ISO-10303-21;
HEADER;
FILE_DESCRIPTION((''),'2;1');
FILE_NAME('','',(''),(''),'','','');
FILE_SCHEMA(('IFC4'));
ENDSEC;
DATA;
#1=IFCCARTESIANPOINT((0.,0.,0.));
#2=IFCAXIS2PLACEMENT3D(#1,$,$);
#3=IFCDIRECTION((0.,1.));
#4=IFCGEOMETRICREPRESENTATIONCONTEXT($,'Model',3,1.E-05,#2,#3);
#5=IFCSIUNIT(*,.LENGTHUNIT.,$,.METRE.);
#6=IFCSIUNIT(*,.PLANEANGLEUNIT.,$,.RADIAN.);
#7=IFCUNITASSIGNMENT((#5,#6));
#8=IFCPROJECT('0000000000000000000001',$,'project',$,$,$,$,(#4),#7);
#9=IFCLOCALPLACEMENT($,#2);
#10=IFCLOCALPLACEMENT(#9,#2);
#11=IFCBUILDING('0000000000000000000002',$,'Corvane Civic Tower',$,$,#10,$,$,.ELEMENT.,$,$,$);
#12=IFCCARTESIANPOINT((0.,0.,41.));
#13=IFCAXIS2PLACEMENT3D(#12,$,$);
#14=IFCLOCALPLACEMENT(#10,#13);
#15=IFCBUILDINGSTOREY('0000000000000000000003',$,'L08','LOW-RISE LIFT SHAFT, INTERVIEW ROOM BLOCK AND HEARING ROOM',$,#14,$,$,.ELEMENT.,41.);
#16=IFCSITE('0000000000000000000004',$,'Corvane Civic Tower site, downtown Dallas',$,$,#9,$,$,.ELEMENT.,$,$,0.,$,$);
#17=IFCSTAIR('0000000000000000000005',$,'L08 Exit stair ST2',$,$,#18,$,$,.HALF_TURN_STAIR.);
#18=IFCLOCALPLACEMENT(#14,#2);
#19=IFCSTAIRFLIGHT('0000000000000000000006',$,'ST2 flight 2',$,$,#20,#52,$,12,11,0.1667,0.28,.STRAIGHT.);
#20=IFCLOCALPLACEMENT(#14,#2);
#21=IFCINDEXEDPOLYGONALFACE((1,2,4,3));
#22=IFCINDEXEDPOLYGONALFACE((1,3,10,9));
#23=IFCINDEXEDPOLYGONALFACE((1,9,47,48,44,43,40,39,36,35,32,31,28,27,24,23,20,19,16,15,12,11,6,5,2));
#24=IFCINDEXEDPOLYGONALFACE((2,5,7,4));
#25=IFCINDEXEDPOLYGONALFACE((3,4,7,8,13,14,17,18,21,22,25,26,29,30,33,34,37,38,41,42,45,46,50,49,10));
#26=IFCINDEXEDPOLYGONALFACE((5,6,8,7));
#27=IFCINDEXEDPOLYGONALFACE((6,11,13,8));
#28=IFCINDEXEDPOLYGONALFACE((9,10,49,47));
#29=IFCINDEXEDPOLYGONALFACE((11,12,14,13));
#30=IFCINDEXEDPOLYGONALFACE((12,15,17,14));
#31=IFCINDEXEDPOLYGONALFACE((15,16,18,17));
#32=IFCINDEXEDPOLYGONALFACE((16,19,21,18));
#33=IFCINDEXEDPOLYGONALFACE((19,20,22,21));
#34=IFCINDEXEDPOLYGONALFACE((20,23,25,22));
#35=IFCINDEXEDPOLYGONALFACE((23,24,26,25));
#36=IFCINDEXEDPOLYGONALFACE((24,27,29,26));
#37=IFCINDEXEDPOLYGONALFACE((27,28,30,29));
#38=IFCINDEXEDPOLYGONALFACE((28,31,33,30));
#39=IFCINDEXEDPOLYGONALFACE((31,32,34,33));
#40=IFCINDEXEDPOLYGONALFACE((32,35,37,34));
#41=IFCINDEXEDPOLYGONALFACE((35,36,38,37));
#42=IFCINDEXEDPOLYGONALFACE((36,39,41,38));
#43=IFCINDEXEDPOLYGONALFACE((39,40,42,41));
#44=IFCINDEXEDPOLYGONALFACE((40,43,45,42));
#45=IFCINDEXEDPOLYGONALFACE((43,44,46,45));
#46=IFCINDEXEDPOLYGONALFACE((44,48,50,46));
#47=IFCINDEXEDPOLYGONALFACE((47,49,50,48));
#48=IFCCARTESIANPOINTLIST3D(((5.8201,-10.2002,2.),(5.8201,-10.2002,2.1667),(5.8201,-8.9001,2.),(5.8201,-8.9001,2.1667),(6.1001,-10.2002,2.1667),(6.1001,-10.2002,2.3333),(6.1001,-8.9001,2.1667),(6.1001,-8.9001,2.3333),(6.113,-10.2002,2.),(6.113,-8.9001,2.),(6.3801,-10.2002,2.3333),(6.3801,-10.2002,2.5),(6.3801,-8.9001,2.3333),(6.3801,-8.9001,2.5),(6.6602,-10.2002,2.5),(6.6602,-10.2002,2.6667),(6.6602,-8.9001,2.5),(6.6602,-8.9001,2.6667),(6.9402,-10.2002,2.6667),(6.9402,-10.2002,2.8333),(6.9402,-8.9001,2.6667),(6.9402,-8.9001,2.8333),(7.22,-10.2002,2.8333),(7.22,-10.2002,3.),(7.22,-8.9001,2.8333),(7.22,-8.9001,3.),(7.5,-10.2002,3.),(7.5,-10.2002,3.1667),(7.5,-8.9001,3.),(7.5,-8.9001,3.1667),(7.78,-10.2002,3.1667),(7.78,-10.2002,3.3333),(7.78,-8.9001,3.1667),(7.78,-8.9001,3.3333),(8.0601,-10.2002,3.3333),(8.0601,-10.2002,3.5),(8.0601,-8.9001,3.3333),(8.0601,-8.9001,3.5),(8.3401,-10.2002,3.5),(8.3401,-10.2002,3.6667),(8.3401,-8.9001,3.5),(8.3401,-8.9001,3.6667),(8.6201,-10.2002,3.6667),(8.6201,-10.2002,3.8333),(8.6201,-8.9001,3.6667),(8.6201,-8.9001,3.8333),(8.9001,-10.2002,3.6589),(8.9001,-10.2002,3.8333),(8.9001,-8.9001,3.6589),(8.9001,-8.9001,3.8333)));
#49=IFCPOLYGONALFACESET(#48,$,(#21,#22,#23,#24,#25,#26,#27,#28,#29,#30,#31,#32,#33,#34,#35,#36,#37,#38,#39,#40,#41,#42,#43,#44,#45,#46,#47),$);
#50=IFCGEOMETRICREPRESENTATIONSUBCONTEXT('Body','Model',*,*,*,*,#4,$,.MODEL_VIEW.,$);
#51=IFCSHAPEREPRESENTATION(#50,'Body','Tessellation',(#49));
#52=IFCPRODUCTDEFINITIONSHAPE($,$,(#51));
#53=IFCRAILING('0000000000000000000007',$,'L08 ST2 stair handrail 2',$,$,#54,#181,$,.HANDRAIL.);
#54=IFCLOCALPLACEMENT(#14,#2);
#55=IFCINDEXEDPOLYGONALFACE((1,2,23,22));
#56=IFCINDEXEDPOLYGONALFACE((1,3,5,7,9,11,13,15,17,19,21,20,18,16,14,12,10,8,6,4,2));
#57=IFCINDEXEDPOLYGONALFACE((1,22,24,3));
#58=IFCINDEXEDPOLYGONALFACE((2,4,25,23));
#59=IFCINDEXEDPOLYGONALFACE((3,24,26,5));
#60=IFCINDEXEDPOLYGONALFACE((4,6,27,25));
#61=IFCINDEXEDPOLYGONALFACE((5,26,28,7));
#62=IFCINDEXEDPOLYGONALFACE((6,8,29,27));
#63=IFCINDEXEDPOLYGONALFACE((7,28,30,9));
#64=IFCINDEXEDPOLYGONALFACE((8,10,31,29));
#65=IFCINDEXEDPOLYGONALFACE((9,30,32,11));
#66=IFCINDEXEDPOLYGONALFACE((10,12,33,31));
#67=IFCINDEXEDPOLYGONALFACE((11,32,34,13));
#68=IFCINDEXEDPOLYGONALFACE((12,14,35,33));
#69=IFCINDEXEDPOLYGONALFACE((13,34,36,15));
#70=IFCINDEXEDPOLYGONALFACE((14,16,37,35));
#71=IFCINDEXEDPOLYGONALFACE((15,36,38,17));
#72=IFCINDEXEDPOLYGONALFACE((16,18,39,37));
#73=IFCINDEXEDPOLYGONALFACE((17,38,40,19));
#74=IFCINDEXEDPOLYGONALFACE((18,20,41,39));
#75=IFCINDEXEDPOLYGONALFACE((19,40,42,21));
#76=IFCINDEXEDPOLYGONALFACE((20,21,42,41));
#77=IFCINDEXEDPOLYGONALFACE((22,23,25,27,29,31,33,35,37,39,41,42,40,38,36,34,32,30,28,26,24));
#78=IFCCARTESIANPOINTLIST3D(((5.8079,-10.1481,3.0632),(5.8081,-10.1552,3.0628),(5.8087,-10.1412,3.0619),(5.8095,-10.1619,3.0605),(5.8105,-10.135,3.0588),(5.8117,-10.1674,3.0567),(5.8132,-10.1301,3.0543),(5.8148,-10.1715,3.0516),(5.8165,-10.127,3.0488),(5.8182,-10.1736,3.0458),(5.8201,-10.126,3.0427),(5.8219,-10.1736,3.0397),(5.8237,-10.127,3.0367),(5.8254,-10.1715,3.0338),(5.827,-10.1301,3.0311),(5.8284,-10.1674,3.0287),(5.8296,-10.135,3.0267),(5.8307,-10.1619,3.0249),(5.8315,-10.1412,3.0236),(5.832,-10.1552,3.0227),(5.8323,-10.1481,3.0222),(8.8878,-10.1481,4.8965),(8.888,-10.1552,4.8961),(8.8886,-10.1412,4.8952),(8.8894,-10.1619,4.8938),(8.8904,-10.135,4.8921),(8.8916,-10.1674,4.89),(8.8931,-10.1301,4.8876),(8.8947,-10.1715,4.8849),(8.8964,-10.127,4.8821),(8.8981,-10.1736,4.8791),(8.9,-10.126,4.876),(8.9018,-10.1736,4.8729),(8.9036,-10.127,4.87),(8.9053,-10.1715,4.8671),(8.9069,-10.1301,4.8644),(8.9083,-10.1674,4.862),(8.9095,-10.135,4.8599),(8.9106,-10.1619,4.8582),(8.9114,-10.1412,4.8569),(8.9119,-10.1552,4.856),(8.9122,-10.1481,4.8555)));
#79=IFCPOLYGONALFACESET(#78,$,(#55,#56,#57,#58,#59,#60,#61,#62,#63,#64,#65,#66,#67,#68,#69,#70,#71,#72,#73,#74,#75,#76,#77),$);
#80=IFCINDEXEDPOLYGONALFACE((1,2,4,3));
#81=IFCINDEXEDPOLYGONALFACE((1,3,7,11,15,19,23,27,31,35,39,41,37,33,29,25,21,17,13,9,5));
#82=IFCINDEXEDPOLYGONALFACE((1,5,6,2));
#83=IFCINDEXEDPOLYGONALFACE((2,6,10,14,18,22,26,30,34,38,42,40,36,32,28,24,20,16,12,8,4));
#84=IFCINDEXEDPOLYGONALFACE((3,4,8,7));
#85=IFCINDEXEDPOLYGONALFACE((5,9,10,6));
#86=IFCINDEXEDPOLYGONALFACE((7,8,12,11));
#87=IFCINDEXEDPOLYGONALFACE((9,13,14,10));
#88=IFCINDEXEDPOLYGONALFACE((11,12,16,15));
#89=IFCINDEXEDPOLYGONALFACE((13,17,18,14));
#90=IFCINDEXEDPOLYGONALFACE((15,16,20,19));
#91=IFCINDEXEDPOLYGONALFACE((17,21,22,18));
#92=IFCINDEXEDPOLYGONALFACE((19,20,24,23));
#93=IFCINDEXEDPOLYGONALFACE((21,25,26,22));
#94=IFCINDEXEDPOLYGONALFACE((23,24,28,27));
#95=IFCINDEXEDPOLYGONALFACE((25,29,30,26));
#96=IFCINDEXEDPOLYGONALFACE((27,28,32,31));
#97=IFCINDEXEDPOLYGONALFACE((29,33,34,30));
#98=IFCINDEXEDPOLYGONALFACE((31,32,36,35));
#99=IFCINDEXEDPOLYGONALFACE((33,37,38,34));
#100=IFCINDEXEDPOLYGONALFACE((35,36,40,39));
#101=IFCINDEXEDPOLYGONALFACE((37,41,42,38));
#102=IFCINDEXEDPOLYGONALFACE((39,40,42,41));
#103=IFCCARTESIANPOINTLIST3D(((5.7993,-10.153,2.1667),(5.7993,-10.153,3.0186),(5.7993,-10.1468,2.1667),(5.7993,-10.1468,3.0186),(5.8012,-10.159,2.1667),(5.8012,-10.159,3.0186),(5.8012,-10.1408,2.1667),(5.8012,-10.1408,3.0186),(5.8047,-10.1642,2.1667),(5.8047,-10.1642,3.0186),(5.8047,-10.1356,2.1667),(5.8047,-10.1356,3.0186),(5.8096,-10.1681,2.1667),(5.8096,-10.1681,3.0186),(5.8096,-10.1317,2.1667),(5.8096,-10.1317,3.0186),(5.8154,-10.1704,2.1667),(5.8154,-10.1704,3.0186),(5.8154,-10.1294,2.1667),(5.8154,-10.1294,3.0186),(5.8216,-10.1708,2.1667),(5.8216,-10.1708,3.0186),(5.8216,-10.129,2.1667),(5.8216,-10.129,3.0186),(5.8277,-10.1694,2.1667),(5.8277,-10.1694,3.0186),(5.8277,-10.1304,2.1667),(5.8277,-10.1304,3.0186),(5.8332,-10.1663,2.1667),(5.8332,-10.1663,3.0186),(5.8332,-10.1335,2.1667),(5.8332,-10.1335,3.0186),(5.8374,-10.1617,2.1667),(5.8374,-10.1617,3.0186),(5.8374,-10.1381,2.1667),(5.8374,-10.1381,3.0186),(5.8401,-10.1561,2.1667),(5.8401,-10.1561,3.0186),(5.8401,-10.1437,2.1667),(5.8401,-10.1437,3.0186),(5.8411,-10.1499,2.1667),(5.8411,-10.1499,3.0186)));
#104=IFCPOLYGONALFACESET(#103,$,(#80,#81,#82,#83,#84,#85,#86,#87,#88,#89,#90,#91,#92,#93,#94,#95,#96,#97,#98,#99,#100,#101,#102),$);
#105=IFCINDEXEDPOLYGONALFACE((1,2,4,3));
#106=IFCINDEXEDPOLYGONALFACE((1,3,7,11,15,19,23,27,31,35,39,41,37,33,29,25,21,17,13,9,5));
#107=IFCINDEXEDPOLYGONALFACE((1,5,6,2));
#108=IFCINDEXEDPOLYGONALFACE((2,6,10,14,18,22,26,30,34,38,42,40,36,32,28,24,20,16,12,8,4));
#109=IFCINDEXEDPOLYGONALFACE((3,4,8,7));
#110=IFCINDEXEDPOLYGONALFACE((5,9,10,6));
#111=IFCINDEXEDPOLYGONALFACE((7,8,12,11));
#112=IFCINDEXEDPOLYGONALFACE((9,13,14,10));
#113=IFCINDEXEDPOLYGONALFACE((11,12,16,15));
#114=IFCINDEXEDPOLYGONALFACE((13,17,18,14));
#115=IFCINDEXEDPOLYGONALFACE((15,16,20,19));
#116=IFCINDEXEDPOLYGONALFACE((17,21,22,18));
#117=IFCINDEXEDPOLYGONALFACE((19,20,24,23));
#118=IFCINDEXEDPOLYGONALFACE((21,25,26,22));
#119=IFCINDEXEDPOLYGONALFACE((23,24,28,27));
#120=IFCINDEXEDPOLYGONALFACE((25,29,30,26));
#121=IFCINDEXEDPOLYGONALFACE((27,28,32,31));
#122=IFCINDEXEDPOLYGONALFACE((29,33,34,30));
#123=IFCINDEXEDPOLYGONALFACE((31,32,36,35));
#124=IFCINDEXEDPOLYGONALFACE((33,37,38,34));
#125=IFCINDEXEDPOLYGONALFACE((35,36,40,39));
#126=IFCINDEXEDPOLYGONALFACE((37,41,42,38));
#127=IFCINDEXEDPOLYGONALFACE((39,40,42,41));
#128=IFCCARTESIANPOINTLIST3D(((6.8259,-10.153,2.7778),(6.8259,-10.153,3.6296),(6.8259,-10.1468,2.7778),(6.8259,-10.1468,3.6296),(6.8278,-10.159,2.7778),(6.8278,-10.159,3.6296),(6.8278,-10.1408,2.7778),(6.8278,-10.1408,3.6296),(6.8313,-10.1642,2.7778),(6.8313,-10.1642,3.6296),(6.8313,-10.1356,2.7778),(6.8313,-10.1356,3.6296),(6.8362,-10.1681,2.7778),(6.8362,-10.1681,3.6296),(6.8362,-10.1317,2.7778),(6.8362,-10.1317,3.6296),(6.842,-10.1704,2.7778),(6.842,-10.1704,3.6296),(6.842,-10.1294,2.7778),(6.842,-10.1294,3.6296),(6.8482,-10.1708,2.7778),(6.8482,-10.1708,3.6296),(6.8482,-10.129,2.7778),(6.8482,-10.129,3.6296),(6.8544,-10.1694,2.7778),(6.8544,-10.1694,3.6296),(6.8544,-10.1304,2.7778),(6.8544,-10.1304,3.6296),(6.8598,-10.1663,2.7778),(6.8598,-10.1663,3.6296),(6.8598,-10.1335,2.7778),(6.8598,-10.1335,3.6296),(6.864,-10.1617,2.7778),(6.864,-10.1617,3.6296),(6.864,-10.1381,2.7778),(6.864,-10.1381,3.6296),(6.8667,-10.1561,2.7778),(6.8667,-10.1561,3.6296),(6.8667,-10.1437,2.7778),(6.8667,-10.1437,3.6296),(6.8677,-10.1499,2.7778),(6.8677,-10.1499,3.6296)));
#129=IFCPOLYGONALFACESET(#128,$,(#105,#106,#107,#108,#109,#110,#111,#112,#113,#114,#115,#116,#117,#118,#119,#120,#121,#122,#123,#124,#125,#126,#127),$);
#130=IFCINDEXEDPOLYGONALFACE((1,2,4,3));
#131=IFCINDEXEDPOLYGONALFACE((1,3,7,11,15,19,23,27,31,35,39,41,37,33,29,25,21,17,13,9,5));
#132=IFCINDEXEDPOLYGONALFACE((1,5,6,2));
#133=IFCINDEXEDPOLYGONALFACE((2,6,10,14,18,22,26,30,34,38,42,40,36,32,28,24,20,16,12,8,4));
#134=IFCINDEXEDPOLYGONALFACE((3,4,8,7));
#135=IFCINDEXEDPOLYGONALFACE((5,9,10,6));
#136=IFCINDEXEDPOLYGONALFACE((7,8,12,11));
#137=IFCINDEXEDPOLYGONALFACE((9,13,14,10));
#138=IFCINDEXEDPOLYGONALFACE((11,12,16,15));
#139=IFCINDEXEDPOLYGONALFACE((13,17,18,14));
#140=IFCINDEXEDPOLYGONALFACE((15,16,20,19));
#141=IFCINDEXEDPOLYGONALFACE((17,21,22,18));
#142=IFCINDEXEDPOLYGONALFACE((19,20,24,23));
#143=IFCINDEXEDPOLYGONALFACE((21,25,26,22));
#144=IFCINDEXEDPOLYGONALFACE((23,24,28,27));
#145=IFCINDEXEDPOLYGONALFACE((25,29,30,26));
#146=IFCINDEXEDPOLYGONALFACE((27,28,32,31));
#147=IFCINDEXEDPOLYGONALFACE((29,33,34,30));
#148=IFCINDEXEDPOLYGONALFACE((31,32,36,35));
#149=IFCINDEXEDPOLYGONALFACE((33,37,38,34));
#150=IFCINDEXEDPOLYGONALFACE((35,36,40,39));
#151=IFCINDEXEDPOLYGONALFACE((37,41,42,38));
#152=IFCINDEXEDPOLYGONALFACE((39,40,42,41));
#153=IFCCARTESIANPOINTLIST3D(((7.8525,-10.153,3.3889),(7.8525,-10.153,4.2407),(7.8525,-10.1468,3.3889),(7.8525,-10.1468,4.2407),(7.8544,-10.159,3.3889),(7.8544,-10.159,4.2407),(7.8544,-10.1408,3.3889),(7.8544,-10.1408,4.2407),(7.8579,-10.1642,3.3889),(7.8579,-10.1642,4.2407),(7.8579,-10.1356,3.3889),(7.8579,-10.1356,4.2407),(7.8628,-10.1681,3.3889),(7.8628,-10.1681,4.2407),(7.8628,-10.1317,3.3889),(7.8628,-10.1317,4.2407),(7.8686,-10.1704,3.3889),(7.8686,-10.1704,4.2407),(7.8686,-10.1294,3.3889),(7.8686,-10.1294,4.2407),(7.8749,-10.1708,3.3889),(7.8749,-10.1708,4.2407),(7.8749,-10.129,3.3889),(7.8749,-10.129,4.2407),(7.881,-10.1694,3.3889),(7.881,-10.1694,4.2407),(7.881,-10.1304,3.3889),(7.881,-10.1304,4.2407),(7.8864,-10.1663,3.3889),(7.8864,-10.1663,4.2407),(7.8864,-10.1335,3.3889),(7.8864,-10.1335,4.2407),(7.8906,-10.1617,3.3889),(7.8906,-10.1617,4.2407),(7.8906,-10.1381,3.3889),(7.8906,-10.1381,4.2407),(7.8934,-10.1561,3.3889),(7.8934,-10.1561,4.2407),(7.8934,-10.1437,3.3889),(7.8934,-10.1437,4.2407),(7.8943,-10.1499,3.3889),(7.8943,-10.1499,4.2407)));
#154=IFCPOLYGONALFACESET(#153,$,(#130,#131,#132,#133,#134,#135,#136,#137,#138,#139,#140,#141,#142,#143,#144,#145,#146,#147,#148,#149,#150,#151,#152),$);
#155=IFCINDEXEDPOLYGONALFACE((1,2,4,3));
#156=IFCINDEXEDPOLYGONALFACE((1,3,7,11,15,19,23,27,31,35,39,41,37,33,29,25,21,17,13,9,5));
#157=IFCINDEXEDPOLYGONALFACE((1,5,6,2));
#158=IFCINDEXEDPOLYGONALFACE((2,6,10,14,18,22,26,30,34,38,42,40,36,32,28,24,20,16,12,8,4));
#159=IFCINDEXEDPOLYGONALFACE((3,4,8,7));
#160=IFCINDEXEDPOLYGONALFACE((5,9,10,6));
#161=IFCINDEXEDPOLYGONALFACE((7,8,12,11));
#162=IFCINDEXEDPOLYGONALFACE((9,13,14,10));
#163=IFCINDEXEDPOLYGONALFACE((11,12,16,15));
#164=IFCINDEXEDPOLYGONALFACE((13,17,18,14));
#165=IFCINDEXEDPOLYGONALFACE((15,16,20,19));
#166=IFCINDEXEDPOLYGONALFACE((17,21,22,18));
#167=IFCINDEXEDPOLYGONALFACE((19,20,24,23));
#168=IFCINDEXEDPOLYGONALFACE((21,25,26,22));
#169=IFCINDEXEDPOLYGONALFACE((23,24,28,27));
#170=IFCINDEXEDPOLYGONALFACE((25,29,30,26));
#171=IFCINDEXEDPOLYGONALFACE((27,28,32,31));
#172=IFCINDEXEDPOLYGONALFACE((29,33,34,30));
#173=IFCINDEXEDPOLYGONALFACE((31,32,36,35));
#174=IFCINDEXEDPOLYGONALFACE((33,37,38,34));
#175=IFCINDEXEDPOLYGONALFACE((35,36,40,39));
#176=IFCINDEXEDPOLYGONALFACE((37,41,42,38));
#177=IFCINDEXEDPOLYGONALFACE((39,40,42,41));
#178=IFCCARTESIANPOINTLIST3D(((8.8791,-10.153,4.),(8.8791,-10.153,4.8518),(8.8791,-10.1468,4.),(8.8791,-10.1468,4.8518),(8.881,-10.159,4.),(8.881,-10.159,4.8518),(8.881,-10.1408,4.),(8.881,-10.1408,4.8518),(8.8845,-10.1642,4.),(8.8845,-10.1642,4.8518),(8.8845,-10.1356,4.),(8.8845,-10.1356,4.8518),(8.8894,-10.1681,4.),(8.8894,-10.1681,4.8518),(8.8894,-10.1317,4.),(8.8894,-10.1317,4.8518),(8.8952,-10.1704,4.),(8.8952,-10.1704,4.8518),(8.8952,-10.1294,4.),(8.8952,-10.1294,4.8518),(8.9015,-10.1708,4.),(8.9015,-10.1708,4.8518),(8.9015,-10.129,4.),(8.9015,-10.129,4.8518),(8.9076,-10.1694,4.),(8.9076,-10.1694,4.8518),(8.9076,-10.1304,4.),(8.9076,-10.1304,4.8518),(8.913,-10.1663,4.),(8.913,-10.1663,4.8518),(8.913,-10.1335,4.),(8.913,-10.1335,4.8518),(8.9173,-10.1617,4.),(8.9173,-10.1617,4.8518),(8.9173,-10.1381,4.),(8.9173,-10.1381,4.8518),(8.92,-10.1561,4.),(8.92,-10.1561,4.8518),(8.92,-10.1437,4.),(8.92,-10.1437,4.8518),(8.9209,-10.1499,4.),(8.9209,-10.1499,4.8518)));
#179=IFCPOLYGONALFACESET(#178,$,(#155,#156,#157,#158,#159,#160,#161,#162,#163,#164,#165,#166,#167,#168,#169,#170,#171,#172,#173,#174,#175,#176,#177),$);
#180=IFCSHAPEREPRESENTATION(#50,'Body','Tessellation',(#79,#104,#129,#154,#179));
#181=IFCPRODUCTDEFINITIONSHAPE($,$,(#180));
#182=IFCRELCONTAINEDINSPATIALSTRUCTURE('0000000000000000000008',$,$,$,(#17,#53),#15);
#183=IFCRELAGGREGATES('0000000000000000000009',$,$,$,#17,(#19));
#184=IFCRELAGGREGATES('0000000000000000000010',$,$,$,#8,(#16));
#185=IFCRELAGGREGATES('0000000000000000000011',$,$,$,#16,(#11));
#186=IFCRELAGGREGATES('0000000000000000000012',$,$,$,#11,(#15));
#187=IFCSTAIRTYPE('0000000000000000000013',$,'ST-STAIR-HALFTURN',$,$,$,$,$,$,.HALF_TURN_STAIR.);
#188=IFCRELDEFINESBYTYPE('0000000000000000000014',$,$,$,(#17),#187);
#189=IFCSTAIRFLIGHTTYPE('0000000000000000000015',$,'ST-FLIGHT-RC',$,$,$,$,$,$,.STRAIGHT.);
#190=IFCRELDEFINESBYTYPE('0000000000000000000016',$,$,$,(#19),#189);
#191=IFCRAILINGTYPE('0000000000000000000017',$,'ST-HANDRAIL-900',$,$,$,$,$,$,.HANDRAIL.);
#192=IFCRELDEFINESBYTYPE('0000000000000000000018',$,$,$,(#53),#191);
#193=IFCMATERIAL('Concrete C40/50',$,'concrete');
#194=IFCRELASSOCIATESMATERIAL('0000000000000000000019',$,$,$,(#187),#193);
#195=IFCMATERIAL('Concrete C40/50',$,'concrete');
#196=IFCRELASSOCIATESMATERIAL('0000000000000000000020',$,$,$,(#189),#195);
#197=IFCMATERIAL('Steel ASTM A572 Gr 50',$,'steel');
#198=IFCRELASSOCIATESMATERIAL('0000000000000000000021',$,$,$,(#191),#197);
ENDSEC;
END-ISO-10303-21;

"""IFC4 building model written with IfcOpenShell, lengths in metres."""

from ifc_helpers import new_model, si_unit, direction, frame, origin, origin_2d, place, context, subcontext, project, spatial, polyline, circle, outline, extrude, material, type_object, element, aggregate, save


model = new_model("IFC4")

# Units and contexts
model_context = context("Model", 3, precision=1e-05, world=origin(), true_north=direction((0.0, 1.0)))
body_context = subcontext(model_context, "Body", "Model", "MODEL_VIEW")
ifc_project = project(units=[si_unit("LENGTHUNIT", "METRE"), si_unit("PLANEANGLEUNIT", "RADIAN")], contexts=[model_context])

# Site, building, storey
site_placement = place(None, origin())
site = spatial("IfcSite", under=ifc_project, at=site_placement, Name="Corvane Civic Tower site, downtown Dallas", CompositionType="ELEMENT", RefElevation=0.0)
building_placement = place(site_placement, origin())
building = spatial("IfcBuilding", under=site, at=building_placement, Name="Corvane Civic Tower", CompositionType="ELEMENT")
storey_placement = place(building_placement, frame((0.0, 0.0, 41.0)))
storey = spatial("IfcBuildingStorey", under=building, at=storey_placement, Name="L08", Description="LOW-RISE LIFT SHAFT, INTERVIEW ROOM BLOCK AND HEARING ROOM", CompositionType="ELEMENT", Elevation=41.0)

# Stair, stair flight
ifc_material_1 = material(Name="Concrete C40/50", Category="concrete")
stair_type = type_object("IfcStairType", Name="ST-STAIR-HALFTURN", PredefinedType="HALF_TURN_STAIR", material=ifc_material_1)
stair_placement = place(storey_placement, origin())
stair = element("IfcStair", 1, at=stair_placement, inside=storey, type_object=stair_type, Name="L08 Exit stair ST2", PredefinedType="HALF_TURN_STAIR")
ifc_material_2 = material(Name="Concrete C40/50", Category="concrete")
stair_flight_type = type_object("IfcStairFlightType", Name="ST-FLIGHT-RC", PredefinedType="STRAIGHT", material=ifc_material_2)
stair_flight_placement = place(storey_placement, frame((5.8201, -9.55, 2.0), z_axis=(0.0, 0.0, 1.0), x_axis=(1.0, 0.0, 0.0)))
stair_flight = element("IfcStairFlight", 2, at=stair_flight_placement, type_object=stair_flight_type, Name="ST2 flight 2", NumberOfRisers=12, NumberOfTreads=11, PredefinedType="STRAIGHT", RiserHeight=0.1667, TreadLength=0.28, context=body_context, shape_type="SweptSolid", body=[
    extrude(outline(polyline([(0.0, 0.0), (0.0, 0.1667), (0.28, 0.1667), (0.28, 0.3333), (0.5601, 0.3333), (0.5601, 0.5), (0.8401, 0.5), (0.8401, 0.6667), (1.1201, 0.6667), (1.1201, 0.8333), (1.3999, 0.8333), (1.3999, 1.0), (1.6799, 1.0), (1.6799, 1.1667), (1.96, 1.1667), (1.96, 1.3333), (2.24, 1.3333), (2.24, 1.5), (2.52, 1.5), (2.52, 1.6667), (2.8, 1.6667), (2.8, 1.8333), (3.0801, 1.8333), (3.0801, 2.0), (3.0801, 1.6589), (0.293, 0.0), (0.0, 0.0)])), frame((0.0, 0.6499, 0.0), z_axis=(0.0, -1.0, 0.0), x_axis=(1.0, 0.0, 0.0)), (0.0, 0.0, 1.0), 1.3),
])
aggregate(stair, [stair_flight])

# Railing
ifc_material_3 = material(Name="Steel ASTM A572 Gr 50", Category="steel")
railing_type = type_object("IfcRailingType", Name="ST-HANDRAIL-900", PredefinedType="HANDRAIL", material=ifc_material_3)
railing_placement = place(storey_placement, frame((5.8201, -10.1499, 2.1667)))
element("IfcRailing", 3, at=railing_placement, inside=storey, type_object=railing_type, Name="L08 ST2 stair handrail 2", PredefinedType="HANDRAIL", context=body_context, shape_type="SweptSolid", body=[
    extrude(circle(Radius=0.0239, at=origin_2d()), frame((0.0, 0.0, 0.876), z_axis=(0.859291, 0.0, 0.511487), x_axis=(0.0, 1.0, 0.0)), (0.0, 0.0, 1.0), 3.5842),
    extrude(circle(Radius=0.021, at=origin_2d()), origin(), (0.0, 0.0, 1.0), 0.8518),
    extrude(circle(Radius=0.021, at=origin_2d()), frame((1.0266, 0.0, 0.6111)), (0.0, 0.0, 1.0), 0.8518),
    extrude(circle(Radius=0.021, at=origin_2d()), frame((2.0532, 0.0, 1.2222)), (0.0, 0.0, 1.0), 0.8518),
    extrude(circle(Radius=0.021, at=origin_2d()), frame((3.0798, 0.0, 1.8333)), (0.0, 0.0, 1.0), 0.8518),
])

save(model, "model.ifc")
